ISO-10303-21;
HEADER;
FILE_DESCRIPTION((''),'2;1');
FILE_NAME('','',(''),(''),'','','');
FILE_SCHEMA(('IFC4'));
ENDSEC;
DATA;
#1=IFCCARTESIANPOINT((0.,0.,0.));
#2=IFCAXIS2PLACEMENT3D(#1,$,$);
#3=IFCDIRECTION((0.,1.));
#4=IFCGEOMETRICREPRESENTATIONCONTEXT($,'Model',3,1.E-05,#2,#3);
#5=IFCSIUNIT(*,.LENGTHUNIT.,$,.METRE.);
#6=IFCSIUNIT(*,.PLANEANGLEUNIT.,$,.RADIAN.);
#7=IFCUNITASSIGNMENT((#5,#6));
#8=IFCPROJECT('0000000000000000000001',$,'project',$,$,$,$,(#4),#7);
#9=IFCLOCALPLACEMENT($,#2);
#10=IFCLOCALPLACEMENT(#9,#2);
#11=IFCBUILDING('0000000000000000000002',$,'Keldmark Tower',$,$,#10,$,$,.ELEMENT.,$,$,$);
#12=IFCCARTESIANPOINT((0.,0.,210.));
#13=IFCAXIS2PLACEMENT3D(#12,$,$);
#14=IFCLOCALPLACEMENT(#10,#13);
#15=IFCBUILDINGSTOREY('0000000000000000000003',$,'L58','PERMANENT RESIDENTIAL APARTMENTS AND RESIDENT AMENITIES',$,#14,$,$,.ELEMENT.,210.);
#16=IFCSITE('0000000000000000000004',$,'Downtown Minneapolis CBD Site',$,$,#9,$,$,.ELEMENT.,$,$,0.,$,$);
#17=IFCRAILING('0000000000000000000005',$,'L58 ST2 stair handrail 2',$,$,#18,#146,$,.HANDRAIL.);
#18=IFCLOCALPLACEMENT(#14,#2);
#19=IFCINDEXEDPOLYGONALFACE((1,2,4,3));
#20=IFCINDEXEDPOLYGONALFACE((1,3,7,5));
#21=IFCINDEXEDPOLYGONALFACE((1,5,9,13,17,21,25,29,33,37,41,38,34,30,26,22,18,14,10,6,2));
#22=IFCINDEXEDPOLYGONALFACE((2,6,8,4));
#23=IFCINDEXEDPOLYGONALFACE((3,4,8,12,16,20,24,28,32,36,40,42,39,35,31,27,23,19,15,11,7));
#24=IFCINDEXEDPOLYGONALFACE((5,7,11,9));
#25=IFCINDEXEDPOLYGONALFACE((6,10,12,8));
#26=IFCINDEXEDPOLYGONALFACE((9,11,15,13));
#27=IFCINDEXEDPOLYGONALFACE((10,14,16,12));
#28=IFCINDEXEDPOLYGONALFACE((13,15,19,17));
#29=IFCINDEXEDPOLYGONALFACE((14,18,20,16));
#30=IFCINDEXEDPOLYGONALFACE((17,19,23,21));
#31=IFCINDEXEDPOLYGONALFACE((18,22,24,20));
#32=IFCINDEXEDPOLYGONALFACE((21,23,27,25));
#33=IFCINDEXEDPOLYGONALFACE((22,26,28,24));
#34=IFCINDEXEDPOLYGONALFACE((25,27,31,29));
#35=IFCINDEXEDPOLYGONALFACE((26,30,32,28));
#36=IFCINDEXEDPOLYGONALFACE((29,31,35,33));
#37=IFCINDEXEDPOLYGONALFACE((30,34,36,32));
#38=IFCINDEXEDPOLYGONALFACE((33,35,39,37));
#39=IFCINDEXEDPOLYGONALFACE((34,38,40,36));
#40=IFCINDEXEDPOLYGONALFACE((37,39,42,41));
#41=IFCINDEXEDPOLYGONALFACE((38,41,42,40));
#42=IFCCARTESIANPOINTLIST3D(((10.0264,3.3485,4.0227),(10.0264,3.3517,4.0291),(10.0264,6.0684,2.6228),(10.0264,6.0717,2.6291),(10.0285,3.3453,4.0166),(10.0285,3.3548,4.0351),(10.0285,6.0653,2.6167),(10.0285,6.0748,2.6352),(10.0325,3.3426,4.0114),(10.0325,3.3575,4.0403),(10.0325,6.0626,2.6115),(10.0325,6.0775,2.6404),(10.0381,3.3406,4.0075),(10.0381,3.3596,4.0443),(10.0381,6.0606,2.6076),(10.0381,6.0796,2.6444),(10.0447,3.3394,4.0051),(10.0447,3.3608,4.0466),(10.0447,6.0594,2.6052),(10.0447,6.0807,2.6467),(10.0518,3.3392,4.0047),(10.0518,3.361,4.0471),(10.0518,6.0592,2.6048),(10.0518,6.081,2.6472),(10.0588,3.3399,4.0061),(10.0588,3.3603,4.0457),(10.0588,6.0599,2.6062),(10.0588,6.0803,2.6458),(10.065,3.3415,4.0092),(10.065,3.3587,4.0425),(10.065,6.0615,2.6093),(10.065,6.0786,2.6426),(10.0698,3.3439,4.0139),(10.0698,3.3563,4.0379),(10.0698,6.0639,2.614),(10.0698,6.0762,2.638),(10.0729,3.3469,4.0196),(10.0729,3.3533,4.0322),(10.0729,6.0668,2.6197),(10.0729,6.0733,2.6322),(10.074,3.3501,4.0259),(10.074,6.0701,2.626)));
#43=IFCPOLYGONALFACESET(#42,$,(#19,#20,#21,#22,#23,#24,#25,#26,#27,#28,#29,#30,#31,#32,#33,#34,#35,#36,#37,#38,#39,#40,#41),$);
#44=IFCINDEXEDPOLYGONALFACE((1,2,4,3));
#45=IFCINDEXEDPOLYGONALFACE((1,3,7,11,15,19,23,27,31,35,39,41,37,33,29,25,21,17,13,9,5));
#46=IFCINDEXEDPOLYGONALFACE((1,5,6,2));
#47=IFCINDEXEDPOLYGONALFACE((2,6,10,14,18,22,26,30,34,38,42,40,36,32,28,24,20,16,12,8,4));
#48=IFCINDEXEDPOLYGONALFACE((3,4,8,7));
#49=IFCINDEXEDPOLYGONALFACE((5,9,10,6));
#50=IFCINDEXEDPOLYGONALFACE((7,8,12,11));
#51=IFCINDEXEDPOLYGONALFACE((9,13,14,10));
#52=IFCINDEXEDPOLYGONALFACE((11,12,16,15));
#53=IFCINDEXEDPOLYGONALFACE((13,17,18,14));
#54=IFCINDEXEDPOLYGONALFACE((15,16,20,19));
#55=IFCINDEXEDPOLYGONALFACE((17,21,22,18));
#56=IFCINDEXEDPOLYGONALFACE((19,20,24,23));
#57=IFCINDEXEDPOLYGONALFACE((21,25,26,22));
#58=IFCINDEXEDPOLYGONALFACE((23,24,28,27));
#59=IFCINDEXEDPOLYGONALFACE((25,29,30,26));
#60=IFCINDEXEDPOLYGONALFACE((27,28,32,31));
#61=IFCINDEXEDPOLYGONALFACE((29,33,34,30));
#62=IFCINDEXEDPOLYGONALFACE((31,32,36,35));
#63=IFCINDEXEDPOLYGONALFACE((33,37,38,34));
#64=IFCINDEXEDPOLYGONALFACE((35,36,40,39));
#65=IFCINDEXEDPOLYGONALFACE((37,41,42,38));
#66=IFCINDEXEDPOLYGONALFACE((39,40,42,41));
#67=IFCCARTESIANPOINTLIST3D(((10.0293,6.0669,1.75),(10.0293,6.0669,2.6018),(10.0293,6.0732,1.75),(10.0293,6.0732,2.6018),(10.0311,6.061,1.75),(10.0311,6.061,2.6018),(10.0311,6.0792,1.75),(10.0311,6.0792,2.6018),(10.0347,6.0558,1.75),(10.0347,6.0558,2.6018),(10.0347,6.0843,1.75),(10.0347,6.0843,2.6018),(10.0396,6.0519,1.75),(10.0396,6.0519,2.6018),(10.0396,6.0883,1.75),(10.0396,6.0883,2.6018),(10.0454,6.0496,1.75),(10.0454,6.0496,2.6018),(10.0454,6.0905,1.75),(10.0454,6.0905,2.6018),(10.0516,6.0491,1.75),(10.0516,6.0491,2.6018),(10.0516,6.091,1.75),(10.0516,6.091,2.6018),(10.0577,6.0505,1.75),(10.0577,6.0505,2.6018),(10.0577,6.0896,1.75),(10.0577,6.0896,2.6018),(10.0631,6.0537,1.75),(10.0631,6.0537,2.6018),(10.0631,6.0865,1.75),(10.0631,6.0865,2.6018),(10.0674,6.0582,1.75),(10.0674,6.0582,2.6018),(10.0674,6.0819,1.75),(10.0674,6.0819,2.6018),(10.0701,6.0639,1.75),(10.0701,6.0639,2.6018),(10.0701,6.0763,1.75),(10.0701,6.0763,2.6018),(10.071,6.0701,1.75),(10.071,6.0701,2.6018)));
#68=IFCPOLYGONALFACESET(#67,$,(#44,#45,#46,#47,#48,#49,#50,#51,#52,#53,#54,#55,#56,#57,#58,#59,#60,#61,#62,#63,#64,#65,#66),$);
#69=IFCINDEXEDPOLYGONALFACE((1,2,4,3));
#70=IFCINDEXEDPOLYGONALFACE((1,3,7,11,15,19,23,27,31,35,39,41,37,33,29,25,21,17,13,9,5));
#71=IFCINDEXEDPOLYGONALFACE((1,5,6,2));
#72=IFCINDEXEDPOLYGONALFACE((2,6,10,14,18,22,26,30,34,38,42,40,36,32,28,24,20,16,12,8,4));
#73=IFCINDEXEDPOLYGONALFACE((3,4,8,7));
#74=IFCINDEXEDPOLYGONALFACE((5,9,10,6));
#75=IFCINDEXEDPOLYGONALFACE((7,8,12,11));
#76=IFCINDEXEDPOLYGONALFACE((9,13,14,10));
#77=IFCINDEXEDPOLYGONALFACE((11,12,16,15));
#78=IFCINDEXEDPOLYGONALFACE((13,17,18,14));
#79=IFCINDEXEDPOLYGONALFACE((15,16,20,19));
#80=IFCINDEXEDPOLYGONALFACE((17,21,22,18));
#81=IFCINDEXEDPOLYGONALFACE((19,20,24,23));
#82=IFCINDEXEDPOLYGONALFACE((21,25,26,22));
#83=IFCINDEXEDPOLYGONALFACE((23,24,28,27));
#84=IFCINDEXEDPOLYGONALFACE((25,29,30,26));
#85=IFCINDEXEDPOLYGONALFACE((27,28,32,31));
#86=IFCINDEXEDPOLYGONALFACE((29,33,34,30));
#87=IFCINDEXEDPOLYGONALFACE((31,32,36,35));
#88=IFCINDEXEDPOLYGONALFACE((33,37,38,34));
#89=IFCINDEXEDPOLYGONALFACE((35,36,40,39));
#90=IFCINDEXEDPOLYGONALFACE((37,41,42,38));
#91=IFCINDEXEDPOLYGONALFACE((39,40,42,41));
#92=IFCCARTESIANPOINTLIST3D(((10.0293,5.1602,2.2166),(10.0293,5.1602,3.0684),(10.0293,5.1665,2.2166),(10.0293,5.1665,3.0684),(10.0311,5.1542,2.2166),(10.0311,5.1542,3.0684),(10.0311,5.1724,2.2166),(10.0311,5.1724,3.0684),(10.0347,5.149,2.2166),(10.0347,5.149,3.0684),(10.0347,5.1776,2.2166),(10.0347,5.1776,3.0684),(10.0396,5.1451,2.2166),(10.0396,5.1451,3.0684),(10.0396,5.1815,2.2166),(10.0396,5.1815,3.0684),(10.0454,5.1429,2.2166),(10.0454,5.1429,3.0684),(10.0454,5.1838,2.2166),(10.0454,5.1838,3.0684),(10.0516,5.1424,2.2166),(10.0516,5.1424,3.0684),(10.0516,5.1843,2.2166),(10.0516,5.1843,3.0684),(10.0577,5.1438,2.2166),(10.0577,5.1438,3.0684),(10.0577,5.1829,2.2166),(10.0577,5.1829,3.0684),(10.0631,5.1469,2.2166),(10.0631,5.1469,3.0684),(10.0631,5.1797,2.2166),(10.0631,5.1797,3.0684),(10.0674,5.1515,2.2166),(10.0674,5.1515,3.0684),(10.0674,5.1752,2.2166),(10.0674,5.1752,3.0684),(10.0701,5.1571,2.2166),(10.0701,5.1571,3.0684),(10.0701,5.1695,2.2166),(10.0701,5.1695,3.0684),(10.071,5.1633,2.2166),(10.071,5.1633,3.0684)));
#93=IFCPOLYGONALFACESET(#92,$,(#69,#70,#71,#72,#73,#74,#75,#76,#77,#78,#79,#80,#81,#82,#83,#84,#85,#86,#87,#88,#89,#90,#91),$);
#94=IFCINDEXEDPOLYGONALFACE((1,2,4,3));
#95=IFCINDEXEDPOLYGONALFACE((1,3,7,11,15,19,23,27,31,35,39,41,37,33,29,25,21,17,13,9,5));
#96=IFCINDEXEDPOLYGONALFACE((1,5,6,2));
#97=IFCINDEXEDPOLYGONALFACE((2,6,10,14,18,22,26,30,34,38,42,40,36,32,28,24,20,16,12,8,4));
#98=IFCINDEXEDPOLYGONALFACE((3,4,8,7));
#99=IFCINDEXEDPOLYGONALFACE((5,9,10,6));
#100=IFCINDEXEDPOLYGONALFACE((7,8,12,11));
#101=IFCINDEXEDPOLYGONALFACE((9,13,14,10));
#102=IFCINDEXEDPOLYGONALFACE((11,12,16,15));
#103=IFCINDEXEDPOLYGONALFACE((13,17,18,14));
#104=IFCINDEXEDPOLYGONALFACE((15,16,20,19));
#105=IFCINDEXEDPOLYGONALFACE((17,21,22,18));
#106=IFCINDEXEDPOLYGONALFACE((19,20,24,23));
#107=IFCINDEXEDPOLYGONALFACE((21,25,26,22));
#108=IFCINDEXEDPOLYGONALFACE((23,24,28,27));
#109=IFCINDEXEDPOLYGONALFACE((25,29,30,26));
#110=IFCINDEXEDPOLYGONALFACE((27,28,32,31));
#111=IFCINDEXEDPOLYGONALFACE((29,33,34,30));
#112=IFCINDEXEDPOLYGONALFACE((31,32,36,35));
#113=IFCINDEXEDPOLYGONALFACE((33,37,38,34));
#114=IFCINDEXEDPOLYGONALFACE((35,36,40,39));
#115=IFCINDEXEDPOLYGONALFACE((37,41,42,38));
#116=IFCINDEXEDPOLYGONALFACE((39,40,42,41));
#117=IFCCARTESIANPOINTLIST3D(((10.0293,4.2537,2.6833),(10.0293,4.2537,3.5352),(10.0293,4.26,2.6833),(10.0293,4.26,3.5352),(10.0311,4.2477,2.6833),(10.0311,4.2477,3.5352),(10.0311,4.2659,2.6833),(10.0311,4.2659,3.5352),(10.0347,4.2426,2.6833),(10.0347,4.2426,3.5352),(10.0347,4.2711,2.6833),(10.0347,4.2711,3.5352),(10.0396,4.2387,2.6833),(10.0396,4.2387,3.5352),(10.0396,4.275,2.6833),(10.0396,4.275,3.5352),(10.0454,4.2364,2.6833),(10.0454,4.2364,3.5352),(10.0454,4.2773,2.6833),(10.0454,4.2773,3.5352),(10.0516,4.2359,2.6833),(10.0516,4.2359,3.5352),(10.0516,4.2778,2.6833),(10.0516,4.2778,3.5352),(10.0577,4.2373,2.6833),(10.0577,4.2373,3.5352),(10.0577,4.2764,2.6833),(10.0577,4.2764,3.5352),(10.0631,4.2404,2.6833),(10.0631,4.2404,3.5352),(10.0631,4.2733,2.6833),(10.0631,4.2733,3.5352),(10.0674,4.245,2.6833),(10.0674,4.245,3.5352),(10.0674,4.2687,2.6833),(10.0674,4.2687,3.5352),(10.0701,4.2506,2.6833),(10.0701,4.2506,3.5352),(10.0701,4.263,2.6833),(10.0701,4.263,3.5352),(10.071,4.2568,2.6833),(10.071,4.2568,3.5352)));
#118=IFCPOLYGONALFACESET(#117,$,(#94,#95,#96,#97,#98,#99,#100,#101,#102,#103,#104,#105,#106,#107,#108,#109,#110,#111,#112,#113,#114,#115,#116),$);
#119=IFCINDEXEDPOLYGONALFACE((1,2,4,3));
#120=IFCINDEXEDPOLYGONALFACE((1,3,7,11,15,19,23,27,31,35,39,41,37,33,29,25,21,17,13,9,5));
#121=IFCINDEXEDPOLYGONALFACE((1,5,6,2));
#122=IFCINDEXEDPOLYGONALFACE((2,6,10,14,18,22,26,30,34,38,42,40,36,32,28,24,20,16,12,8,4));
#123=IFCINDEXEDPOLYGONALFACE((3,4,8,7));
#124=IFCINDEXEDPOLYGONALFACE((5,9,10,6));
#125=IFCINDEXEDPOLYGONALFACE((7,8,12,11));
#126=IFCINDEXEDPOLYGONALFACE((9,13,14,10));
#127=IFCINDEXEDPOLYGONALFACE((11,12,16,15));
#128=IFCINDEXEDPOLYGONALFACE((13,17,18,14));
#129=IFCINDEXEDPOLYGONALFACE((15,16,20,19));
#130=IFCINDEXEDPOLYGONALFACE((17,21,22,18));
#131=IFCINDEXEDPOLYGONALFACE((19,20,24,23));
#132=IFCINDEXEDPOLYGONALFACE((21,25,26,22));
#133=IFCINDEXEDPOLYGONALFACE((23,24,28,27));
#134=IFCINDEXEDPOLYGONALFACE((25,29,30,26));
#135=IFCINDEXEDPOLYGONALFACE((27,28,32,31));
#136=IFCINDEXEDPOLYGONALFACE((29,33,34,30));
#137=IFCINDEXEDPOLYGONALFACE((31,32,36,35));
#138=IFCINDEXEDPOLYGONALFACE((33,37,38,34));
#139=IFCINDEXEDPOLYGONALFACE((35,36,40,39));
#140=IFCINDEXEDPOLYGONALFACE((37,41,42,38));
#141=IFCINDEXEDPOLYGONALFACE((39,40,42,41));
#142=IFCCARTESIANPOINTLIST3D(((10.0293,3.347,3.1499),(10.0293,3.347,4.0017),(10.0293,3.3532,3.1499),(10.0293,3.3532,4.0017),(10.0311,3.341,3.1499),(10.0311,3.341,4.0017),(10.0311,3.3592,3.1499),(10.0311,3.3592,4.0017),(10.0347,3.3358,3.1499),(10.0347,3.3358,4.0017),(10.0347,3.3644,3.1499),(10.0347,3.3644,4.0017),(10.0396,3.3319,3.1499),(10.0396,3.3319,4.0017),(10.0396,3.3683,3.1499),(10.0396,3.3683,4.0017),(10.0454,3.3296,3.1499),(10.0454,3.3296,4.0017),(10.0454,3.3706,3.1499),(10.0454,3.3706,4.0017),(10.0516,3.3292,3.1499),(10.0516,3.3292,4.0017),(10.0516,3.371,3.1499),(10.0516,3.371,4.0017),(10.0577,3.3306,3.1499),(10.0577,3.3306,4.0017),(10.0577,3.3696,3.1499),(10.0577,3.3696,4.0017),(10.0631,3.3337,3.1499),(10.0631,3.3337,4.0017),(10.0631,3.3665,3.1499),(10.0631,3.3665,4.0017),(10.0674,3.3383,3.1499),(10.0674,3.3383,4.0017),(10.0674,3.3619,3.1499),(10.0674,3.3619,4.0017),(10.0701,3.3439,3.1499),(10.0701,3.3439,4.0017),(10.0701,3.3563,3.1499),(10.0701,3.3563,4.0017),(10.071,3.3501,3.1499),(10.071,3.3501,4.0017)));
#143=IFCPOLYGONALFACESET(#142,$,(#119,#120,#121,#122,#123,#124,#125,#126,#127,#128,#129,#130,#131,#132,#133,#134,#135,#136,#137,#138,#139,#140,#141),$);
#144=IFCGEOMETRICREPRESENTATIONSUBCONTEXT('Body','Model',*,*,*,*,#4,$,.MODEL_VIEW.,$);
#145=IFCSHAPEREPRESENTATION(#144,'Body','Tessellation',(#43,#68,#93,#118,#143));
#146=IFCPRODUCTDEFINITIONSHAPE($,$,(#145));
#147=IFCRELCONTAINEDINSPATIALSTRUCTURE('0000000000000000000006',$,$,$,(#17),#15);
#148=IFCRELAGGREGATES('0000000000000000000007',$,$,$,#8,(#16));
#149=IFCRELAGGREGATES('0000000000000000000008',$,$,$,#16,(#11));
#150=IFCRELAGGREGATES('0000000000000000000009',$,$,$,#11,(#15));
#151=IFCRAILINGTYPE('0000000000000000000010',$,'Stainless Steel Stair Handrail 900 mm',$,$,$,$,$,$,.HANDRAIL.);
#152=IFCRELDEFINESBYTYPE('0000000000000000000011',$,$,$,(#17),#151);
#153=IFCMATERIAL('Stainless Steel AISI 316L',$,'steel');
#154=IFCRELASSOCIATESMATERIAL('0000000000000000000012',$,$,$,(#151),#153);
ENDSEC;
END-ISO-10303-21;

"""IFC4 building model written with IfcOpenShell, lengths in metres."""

from ifc_helpers import new_model, si_unit, direction, frame, origin, origin_2d, place, context, subcontext, project, spatial, circle, extrude, material, type_object, element, save


model = new_model("IFC4")

# Units and contexts
model_context = context("Model", 3, precision=1e-05, world=origin(), true_north=direction((0.0, 1.0)))
body_context = subcontext(model_context, "Body", "Model", "MODEL_VIEW")
ifc_project = project(units=[si_unit("LENGTHUNIT", "METRE"), si_unit("PLANEANGLEUNIT", "RADIAN")], contexts=[model_context])

# Site, building, storey
site_placement = place(None, origin())
site = spatial("IfcSite", under=ifc_project, at=site_placement, Name="Downtown Minneapolis CBD Site", CompositionType="ELEMENT", RefElevation=0.0)
building_placement = place(site_placement, origin())
building = spatial("IfcBuilding", under=site, at=building_placement, Name="Keldmark Tower", CompositionType="ELEMENT")
storey_placement = place(building_placement, frame((0.0, 0.0, 210.0)))
storey = spatial("IfcBuildingStorey", under=building, at=storey_placement, Name="L58", Description="PERMANENT RESIDENTIAL APARTMENTS AND RESIDENT AMENITIES", CompositionType="ELEMENT", Elevation=210.0)

# Railing
ifc_material_1 = material(Name="Stainless Steel AISI 316L", Category="steel")
railing_type_1 = type_object("IfcRailingType", Name="Stainless Steel Stair Handrail 900 mm", PredefinedType="HANDRAIL", material=ifc_material_1)
railing_1_placement = place(storey_placement, frame((10.05, 6.0701, 1.75)))
element("IfcRailing", 1, at=railing_1_placement, inside=storey, type_object=railing_type_1, Name="L58 ST2 stair handrail 2", PredefinedType="HANDRAIL", context=body_context, shape_type="SweptSolid", body=[
    extrude(circle(Radius=0.0239, at=origin_2d()), frame((0.0, 0.0, 0.876), z_axis=(0.0, -0.889147, 0.457622), x_axis=(1.0, 0.0, 0.0)), (0.0, 0.0, 1.0), 3.0591),
    extrude(circle(Radius=0.021, at=origin_2d()), origin(), (0.0, 0.0, 1.0), 0.8518),
    extrude(circle(Radius=0.021, at=origin_2d()), frame((0.0, -0.9067, 0.4666)), (0.0, 0.0, 1.0), 0.8518),
    extrude(circle(Radius=0.021, at=origin_2d()), frame((0.0, -1.8132, 0.9333)), (0.0, 0.0, 1.0), 0.8518),
    extrude(circle(Radius=0.021, at=origin_2d()), frame((0.0, -2.72, 1.3999)), (0.0, 0.0, 1.0), 0.8518),
])

save(model, "model.ifc")
